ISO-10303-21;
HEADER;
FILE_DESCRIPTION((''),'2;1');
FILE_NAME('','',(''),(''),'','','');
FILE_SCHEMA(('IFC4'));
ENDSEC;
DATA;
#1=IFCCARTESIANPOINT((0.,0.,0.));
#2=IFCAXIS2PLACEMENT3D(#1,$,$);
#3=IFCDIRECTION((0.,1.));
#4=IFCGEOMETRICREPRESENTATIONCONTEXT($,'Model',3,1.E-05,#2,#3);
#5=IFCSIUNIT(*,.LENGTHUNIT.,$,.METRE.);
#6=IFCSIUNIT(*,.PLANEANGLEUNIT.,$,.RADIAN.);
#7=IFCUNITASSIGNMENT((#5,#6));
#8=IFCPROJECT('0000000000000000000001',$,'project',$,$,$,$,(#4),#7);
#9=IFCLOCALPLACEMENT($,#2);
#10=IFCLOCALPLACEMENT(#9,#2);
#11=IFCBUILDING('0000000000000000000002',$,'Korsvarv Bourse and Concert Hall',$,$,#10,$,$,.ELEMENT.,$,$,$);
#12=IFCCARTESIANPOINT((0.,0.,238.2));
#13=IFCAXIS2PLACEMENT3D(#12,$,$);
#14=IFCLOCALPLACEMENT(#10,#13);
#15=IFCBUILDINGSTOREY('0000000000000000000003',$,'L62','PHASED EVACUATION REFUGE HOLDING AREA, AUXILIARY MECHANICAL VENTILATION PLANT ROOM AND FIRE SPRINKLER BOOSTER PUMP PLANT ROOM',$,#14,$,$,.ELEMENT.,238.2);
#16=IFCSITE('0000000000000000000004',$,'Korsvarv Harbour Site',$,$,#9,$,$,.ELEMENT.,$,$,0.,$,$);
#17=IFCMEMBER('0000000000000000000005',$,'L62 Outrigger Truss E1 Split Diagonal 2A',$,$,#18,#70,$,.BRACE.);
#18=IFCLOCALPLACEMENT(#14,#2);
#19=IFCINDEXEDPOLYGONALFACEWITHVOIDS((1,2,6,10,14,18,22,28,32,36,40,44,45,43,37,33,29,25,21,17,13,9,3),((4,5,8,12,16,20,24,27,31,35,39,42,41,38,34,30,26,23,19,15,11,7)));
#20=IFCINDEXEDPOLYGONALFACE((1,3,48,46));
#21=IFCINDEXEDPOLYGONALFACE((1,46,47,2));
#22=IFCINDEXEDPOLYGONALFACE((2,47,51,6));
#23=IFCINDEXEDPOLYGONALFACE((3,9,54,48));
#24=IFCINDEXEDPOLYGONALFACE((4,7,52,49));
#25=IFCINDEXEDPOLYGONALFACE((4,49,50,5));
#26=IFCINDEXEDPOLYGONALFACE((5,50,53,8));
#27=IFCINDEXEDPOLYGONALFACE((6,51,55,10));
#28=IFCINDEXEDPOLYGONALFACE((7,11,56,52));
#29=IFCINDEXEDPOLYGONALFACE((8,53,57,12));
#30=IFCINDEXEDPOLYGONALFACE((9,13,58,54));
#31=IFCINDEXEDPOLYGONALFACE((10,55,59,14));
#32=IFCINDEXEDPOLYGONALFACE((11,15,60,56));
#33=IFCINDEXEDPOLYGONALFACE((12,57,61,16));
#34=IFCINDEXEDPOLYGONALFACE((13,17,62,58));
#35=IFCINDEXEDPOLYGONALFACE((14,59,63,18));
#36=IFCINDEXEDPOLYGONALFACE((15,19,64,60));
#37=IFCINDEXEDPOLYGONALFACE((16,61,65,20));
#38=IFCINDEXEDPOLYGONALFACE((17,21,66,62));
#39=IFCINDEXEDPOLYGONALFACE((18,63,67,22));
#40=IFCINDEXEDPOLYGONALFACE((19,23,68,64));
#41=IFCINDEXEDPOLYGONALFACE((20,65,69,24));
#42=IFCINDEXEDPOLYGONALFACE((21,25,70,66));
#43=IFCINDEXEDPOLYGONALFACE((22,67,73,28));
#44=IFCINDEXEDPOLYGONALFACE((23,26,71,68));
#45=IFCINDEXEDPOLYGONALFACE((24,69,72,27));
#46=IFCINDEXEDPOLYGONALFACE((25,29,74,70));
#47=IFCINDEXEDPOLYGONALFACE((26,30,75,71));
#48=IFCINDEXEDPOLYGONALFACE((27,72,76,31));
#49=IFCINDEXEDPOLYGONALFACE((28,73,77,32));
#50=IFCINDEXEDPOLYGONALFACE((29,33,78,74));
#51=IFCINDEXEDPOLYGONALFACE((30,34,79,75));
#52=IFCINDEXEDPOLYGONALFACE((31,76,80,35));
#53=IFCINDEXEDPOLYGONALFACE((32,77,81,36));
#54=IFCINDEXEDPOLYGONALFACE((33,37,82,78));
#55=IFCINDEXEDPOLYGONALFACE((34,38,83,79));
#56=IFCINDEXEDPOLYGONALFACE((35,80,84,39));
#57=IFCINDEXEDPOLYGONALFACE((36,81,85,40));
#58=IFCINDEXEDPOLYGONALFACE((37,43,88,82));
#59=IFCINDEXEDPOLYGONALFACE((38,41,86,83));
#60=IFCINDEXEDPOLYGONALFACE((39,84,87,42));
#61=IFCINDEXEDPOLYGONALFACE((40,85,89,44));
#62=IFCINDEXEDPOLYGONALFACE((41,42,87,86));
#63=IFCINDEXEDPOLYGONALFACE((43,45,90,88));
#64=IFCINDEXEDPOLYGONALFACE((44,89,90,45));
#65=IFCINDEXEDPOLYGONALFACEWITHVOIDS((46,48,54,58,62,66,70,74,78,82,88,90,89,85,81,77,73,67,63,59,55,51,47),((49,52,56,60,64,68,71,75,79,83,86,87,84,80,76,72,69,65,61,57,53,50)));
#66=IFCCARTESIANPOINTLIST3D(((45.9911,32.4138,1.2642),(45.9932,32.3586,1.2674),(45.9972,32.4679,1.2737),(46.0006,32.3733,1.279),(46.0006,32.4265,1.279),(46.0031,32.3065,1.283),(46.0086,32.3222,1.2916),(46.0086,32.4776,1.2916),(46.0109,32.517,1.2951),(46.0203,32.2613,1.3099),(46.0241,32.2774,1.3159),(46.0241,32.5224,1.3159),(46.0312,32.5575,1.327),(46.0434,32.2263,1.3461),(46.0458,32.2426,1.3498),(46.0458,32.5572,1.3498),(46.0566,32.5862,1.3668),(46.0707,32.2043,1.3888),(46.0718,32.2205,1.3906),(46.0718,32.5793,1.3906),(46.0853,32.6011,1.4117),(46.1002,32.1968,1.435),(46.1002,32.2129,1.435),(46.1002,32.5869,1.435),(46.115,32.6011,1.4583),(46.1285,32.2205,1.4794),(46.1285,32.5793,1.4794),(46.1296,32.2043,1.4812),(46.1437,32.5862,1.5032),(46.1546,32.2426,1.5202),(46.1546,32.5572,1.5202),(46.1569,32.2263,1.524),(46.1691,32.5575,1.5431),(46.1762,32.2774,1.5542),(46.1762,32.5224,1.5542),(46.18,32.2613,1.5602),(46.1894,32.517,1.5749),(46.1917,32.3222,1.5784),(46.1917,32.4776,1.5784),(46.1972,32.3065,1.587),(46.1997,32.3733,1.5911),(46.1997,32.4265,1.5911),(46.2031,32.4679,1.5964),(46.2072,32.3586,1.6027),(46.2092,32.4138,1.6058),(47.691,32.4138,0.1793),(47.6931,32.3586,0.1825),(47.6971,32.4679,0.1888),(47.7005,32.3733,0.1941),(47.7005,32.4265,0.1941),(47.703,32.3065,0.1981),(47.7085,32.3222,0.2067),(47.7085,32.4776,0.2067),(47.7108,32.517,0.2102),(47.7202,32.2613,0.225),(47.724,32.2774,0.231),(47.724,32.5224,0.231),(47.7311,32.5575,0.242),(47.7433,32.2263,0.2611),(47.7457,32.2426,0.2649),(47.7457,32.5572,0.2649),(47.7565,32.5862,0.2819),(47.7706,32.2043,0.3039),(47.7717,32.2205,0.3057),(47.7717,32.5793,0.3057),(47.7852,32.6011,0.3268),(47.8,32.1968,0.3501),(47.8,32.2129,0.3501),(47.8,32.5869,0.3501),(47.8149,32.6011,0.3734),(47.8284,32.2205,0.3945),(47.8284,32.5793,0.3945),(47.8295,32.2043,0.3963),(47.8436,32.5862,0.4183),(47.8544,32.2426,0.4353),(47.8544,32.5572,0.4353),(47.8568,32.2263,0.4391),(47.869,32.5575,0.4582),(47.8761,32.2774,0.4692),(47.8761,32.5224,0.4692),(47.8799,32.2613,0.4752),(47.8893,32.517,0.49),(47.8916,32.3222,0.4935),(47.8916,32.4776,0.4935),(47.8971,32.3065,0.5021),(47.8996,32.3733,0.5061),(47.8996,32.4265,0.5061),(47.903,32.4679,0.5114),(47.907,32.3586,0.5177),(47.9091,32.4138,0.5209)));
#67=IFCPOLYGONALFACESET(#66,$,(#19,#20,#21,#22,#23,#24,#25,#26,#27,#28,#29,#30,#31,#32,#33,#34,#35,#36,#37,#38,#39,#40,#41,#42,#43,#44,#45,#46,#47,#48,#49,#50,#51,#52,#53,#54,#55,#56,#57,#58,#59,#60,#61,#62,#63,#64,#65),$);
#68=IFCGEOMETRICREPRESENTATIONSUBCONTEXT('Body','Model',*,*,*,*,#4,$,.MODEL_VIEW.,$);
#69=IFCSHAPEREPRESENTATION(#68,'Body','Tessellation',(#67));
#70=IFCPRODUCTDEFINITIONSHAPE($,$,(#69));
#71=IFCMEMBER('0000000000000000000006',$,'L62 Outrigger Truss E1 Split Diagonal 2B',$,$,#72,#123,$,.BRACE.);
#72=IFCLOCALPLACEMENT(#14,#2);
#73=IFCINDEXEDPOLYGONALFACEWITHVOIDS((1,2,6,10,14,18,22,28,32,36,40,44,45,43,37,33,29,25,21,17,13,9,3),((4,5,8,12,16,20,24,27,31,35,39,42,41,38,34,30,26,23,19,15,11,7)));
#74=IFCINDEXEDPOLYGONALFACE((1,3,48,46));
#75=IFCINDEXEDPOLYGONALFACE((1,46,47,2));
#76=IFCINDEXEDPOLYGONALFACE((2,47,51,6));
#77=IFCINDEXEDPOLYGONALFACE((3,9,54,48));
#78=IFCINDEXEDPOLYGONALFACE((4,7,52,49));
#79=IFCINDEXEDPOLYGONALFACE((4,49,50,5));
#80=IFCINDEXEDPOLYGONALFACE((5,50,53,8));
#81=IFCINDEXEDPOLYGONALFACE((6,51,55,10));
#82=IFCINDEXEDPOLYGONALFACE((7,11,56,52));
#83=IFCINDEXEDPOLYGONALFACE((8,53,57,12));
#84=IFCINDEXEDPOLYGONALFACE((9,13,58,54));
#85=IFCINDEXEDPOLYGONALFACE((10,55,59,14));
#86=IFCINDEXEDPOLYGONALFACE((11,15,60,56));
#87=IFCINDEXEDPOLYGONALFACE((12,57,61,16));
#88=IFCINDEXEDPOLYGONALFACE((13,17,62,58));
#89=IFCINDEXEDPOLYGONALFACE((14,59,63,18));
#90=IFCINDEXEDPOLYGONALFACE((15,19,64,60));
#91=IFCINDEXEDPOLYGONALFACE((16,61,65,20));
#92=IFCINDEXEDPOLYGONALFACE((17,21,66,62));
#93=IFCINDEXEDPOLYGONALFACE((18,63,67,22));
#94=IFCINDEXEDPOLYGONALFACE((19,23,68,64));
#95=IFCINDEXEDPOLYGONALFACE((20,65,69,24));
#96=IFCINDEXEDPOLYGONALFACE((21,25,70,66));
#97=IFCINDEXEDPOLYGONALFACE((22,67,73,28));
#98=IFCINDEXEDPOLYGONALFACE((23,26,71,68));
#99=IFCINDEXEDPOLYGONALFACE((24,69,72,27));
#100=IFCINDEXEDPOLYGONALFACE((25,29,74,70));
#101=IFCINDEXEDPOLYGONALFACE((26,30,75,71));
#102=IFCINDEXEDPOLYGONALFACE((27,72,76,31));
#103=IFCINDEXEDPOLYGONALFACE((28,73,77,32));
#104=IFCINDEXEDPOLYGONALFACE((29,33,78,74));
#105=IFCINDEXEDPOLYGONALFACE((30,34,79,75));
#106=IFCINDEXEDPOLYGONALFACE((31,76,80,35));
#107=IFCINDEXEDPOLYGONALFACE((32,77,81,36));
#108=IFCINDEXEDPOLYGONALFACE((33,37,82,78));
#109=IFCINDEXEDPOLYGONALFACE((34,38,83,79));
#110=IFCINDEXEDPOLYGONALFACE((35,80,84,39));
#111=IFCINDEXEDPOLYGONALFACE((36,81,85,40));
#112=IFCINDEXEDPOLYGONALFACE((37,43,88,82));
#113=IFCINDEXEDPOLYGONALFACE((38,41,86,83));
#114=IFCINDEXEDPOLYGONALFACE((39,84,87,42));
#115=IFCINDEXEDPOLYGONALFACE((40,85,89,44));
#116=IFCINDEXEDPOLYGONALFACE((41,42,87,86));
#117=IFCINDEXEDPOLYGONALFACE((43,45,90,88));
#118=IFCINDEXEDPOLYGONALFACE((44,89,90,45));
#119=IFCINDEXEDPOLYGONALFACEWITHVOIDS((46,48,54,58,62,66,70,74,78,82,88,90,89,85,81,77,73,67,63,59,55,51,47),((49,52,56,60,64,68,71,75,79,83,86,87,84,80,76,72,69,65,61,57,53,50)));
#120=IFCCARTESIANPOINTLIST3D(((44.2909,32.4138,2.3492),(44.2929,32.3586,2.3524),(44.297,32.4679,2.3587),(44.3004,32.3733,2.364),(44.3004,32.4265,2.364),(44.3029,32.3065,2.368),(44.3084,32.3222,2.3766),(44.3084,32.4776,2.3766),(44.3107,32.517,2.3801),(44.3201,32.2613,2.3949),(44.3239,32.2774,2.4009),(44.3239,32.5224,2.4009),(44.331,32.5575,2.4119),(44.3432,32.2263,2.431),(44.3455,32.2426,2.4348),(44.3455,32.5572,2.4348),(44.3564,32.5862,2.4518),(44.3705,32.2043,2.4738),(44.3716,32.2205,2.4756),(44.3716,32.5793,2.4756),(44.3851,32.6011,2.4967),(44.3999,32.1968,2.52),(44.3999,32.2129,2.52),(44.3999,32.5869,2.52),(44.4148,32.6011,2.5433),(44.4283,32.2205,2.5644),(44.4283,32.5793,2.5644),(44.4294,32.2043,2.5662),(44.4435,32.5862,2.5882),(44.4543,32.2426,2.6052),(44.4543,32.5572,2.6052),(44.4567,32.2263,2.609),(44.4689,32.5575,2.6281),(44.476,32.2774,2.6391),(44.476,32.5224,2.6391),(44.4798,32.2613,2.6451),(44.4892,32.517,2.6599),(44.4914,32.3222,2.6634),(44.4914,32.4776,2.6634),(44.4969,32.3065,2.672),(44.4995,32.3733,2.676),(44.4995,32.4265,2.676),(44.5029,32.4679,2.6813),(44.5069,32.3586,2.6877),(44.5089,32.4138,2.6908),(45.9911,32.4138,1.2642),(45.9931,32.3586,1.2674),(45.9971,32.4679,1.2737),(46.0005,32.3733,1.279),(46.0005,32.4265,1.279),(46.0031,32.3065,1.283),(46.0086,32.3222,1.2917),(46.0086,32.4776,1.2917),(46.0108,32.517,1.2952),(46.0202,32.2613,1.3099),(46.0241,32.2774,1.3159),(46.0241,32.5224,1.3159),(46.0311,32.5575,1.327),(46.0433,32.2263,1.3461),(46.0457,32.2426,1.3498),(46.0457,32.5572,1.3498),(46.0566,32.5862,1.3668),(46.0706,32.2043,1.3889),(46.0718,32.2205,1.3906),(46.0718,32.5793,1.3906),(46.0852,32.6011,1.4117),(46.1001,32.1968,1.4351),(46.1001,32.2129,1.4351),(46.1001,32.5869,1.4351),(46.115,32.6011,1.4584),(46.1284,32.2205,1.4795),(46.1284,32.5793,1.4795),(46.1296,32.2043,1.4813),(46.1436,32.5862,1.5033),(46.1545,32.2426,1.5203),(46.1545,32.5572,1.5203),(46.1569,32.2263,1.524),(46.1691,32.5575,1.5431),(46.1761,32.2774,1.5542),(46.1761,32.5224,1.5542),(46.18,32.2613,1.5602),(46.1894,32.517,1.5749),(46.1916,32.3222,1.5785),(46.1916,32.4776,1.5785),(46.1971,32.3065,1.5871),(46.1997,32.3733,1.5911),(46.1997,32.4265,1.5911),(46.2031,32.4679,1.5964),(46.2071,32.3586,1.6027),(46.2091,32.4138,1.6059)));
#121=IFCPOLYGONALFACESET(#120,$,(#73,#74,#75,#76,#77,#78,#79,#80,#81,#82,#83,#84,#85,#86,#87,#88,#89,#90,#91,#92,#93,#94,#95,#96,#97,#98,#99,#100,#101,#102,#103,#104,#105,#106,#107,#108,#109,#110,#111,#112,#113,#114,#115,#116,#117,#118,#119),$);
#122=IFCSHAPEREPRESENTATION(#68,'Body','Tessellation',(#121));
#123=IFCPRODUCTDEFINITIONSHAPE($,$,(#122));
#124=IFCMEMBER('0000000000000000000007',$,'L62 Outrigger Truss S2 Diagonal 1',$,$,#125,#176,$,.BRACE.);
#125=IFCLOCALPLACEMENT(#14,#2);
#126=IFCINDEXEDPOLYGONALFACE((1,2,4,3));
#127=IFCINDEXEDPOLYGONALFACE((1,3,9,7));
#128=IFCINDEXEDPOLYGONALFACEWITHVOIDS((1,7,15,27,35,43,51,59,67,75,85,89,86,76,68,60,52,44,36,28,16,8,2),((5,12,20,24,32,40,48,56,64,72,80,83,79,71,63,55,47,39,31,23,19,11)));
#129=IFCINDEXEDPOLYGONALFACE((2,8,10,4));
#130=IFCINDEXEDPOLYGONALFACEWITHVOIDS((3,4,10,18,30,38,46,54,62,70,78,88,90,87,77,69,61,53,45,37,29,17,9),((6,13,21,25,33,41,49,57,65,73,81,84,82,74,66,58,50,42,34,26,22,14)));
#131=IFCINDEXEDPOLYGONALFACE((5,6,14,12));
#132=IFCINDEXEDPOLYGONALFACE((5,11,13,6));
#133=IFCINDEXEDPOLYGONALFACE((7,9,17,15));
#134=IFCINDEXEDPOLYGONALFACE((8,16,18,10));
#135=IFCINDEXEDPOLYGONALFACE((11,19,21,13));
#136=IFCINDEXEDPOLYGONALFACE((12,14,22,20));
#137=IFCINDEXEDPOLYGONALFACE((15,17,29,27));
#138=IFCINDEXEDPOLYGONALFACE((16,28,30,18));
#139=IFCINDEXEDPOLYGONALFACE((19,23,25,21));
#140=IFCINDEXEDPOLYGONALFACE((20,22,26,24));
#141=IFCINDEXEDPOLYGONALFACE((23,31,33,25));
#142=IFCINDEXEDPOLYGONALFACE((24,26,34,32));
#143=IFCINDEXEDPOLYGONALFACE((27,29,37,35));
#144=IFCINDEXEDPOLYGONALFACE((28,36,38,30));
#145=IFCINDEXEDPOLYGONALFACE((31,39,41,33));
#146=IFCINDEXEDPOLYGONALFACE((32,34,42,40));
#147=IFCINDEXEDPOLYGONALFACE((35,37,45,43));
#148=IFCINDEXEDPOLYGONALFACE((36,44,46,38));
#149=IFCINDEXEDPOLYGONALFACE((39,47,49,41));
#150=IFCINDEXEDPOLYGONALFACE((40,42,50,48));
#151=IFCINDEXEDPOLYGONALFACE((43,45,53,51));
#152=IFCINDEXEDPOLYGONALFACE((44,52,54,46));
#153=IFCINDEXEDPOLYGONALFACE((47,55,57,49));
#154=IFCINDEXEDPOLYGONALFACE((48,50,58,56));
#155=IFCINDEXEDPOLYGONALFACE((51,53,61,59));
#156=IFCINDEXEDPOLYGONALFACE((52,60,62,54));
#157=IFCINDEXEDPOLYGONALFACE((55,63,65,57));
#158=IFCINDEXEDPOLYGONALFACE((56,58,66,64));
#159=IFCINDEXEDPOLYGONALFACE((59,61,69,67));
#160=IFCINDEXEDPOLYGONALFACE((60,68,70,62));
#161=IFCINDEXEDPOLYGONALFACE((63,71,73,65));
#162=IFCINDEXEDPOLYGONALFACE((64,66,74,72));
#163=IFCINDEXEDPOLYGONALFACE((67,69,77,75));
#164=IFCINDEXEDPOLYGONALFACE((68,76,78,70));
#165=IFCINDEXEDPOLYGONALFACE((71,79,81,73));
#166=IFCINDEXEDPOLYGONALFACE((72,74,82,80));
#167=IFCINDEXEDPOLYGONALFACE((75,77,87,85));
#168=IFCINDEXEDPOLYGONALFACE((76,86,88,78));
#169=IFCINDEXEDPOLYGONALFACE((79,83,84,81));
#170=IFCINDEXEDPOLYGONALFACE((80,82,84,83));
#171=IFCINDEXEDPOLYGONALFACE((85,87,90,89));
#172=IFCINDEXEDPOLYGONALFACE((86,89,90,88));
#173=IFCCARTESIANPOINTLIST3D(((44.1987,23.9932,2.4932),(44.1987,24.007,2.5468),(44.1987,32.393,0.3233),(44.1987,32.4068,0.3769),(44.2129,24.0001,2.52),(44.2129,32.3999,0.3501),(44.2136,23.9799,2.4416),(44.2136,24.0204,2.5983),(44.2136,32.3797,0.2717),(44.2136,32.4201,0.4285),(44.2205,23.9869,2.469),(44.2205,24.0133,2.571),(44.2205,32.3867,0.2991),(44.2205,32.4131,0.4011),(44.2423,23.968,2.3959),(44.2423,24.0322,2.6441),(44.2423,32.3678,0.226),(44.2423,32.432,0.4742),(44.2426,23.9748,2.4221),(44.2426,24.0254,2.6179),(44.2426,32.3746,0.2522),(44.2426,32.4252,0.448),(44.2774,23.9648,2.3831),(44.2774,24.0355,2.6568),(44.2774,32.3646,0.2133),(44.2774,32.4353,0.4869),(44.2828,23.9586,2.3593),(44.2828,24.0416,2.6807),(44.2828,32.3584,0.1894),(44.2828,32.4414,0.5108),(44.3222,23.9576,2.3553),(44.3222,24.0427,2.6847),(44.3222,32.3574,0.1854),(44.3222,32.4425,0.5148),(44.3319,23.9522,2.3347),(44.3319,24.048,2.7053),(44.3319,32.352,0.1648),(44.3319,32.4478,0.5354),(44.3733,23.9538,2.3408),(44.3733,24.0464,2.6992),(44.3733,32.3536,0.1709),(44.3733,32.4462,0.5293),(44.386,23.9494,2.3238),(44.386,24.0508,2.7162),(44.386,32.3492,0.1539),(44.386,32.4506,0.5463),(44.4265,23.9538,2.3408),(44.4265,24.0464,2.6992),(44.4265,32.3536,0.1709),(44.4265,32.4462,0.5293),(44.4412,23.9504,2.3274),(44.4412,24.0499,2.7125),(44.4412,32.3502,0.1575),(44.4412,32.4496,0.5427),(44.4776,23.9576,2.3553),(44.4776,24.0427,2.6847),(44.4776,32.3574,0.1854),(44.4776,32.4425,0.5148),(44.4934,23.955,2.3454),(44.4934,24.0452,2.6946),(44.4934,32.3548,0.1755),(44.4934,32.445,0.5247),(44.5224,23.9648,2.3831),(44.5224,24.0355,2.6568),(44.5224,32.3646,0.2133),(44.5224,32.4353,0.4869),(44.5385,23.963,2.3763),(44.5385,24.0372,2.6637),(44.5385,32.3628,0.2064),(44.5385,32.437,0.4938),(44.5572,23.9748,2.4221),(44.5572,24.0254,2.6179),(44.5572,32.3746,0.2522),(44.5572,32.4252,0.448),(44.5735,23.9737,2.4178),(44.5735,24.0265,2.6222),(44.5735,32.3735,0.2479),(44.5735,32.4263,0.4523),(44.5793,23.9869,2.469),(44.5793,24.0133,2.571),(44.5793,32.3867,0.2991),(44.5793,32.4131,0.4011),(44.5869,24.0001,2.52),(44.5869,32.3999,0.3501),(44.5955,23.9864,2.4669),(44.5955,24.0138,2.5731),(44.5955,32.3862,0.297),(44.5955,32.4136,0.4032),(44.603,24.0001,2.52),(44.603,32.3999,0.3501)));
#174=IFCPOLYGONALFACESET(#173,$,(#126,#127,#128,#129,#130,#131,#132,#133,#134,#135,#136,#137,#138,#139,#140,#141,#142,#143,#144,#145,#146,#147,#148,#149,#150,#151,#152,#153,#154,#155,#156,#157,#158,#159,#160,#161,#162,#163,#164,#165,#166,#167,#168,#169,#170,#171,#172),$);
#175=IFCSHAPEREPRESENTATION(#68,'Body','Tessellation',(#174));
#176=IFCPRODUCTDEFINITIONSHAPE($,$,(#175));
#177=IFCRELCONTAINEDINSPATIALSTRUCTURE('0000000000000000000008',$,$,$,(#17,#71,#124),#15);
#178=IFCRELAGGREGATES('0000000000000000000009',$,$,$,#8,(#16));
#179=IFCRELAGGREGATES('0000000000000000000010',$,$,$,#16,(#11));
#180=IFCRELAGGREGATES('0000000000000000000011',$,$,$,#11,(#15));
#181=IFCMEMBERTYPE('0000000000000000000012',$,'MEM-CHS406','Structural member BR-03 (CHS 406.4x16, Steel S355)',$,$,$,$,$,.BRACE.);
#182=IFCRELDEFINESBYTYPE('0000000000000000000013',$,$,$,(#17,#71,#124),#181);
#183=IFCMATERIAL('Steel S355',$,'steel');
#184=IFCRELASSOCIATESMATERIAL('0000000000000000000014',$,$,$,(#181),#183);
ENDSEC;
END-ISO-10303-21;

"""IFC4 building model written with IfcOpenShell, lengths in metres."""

from ifc_helpers import new_model, si_unit, direction, frame, origin, origin_2d, place, context, subcontext, project, spatial, hollow_circle, extrude, source, transform, mapped, material, material_profile, profile_set, type_object, element, save


model = new_model("IFC4")

# Units and contexts
model_context = context("Model", 3, precision=1e-05, world=origin(), true_north=direction((0.0, 1.0)))
body_context = subcontext(model_context, "Body", "Model", "MODEL_VIEW")
ifc_project = project(units=[si_unit("LENGTHUNIT", "METRE"), si_unit("PLANEANGLEUNIT", "RADIAN")], contexts=[model_context])

# Site, building, storey
site_placement = place(None, origin())
site = spatial("IfcSite", under=ifc_project, at=site_placement, Name="Korsvarv Harbour Site", CompositionType="ELEMENT", RefElevation=0.0)
building_placement = place(site_placement, origin())
building = spatial("IfcBuilding", under=site, at=building_placement, Name="Korsvarv Bourse and Concert Hall", CompositionType="ELEMENT")
storey_placement = place(building_placement, frame((0.0, 0.0, 238.2)))
storey = spatial("IfcBuildingStorey", under=building, at=storey_placement, Name="L62", Description="PHASED EVACUATION REFUGE HOLDING AREA, AUXILIARY MECHANICAL VENTILATION PLANT ROOM AND FIRE SPRINKLER BOOSTER PUMP PLANT ROOM", CompositionType="ELEMENT", Elevation=238.2)

# Members
ifc_material_1 = material(Name="Steel S355", Category="steel")
ifc_material_profile_1 = material_profile(ifc_material_1, hollow_circle(Radius=0.2031, WallThickness=0.0161, at=origin_2d()), Name="CHS 406.4x16")
ifc_profile_set_1 = profile_set([ifc_material_profile_1], Name="Steel S355")
member_type_1 = type_object("IfcMemberType", Name="MEM-CHS406", Description="Structural member BR-03 (CHS 406.4x16, Steel S355)", PredefinedType="BRACE", material=ifc_profile_set_1)
shared_shape_1 = source(origin(), body_context, "Body", "SweptSolid", [
    extrude(hollow_circle(Radius=0.2031, WallThickness=0.0161, at=origin_2d()), origin(), (0.0, 0.0, 1.0), 2.0166),
])
member_1_placement = place(storey_placement, frame((47.8, 32.3999, 0.3501), z_axis=(-0.842948, 0.0, 0.537995), x_axis=(0.0, -1.0, 0.0)))
element("IfcMember", 1, at=member_1_placement, inside=storey, type_object=member_type_1, Name="L62 Outrigger Truss E1 Split Diagonal 2A", PredefinedType="BRACE", context=body_context, shape_type="MappedRepresentation", body=[
    mapped(shared_shape_1, transform((0.0, 0.0, 0.0), scale=1.0)),
])
shared_shape_2 = source(origin(), body_context, "Body", "SweptSolid", [
    extrude(hollow_circle(Radius=0.2031, WallThickness=0.0161, at=origin_2d()), origin(), (0.0, 0.0, 1.0), 2.0168),
])
member_2_placement = place(storey_placement, frame((46.1001, 32.3999, 1.4351), z_axis=(-0.842983, 0.0, 0.53794), x_axis=(0.0, -1.0, 0.0)))
element("IfcMember", 2, at=member_2_placement, inside=storey, type_object=member_type_1, Name="L62 Outrigger Truss E1 Split Diagonal 2B", PredefinedType="BRACE", context=body_context, shape_type="MappedRepresentation", body=[
    mapped(shared_shape_2, transform((0.0, 0.0, 0.0), scale=1.0)),
])
shared_shape_3 = source(origin(), body_context, "Body", "SweptSolid", [
    extrude(hollow_circle(Radius=0.2031, WallThickness=0.0161, at=origin_2d()), origin(), (0.0, 0.0, 1.0), 8.6755),
])
member_3_placement = place(storey_placement, frame((44.3999, 32.3999, 0.3501), z_axis=(0.0, -0.968216, 0.250116), x_axis=(1.0, 0.0, 0.0)))
element("IfcMember", 3, at=member_3_placement, inside=storey, type_object=member_type_1, Name="L62 Outrigger Truss S2 Diagonal 1", PredefinedType="BRACE", context=body_context, shape_type="MappedRepresentation", body=[
    mapped(shared_shape_3, transform((0.0, 0.0, 0.0), scale=1.0)),
])

save(model, "model.ifc")
